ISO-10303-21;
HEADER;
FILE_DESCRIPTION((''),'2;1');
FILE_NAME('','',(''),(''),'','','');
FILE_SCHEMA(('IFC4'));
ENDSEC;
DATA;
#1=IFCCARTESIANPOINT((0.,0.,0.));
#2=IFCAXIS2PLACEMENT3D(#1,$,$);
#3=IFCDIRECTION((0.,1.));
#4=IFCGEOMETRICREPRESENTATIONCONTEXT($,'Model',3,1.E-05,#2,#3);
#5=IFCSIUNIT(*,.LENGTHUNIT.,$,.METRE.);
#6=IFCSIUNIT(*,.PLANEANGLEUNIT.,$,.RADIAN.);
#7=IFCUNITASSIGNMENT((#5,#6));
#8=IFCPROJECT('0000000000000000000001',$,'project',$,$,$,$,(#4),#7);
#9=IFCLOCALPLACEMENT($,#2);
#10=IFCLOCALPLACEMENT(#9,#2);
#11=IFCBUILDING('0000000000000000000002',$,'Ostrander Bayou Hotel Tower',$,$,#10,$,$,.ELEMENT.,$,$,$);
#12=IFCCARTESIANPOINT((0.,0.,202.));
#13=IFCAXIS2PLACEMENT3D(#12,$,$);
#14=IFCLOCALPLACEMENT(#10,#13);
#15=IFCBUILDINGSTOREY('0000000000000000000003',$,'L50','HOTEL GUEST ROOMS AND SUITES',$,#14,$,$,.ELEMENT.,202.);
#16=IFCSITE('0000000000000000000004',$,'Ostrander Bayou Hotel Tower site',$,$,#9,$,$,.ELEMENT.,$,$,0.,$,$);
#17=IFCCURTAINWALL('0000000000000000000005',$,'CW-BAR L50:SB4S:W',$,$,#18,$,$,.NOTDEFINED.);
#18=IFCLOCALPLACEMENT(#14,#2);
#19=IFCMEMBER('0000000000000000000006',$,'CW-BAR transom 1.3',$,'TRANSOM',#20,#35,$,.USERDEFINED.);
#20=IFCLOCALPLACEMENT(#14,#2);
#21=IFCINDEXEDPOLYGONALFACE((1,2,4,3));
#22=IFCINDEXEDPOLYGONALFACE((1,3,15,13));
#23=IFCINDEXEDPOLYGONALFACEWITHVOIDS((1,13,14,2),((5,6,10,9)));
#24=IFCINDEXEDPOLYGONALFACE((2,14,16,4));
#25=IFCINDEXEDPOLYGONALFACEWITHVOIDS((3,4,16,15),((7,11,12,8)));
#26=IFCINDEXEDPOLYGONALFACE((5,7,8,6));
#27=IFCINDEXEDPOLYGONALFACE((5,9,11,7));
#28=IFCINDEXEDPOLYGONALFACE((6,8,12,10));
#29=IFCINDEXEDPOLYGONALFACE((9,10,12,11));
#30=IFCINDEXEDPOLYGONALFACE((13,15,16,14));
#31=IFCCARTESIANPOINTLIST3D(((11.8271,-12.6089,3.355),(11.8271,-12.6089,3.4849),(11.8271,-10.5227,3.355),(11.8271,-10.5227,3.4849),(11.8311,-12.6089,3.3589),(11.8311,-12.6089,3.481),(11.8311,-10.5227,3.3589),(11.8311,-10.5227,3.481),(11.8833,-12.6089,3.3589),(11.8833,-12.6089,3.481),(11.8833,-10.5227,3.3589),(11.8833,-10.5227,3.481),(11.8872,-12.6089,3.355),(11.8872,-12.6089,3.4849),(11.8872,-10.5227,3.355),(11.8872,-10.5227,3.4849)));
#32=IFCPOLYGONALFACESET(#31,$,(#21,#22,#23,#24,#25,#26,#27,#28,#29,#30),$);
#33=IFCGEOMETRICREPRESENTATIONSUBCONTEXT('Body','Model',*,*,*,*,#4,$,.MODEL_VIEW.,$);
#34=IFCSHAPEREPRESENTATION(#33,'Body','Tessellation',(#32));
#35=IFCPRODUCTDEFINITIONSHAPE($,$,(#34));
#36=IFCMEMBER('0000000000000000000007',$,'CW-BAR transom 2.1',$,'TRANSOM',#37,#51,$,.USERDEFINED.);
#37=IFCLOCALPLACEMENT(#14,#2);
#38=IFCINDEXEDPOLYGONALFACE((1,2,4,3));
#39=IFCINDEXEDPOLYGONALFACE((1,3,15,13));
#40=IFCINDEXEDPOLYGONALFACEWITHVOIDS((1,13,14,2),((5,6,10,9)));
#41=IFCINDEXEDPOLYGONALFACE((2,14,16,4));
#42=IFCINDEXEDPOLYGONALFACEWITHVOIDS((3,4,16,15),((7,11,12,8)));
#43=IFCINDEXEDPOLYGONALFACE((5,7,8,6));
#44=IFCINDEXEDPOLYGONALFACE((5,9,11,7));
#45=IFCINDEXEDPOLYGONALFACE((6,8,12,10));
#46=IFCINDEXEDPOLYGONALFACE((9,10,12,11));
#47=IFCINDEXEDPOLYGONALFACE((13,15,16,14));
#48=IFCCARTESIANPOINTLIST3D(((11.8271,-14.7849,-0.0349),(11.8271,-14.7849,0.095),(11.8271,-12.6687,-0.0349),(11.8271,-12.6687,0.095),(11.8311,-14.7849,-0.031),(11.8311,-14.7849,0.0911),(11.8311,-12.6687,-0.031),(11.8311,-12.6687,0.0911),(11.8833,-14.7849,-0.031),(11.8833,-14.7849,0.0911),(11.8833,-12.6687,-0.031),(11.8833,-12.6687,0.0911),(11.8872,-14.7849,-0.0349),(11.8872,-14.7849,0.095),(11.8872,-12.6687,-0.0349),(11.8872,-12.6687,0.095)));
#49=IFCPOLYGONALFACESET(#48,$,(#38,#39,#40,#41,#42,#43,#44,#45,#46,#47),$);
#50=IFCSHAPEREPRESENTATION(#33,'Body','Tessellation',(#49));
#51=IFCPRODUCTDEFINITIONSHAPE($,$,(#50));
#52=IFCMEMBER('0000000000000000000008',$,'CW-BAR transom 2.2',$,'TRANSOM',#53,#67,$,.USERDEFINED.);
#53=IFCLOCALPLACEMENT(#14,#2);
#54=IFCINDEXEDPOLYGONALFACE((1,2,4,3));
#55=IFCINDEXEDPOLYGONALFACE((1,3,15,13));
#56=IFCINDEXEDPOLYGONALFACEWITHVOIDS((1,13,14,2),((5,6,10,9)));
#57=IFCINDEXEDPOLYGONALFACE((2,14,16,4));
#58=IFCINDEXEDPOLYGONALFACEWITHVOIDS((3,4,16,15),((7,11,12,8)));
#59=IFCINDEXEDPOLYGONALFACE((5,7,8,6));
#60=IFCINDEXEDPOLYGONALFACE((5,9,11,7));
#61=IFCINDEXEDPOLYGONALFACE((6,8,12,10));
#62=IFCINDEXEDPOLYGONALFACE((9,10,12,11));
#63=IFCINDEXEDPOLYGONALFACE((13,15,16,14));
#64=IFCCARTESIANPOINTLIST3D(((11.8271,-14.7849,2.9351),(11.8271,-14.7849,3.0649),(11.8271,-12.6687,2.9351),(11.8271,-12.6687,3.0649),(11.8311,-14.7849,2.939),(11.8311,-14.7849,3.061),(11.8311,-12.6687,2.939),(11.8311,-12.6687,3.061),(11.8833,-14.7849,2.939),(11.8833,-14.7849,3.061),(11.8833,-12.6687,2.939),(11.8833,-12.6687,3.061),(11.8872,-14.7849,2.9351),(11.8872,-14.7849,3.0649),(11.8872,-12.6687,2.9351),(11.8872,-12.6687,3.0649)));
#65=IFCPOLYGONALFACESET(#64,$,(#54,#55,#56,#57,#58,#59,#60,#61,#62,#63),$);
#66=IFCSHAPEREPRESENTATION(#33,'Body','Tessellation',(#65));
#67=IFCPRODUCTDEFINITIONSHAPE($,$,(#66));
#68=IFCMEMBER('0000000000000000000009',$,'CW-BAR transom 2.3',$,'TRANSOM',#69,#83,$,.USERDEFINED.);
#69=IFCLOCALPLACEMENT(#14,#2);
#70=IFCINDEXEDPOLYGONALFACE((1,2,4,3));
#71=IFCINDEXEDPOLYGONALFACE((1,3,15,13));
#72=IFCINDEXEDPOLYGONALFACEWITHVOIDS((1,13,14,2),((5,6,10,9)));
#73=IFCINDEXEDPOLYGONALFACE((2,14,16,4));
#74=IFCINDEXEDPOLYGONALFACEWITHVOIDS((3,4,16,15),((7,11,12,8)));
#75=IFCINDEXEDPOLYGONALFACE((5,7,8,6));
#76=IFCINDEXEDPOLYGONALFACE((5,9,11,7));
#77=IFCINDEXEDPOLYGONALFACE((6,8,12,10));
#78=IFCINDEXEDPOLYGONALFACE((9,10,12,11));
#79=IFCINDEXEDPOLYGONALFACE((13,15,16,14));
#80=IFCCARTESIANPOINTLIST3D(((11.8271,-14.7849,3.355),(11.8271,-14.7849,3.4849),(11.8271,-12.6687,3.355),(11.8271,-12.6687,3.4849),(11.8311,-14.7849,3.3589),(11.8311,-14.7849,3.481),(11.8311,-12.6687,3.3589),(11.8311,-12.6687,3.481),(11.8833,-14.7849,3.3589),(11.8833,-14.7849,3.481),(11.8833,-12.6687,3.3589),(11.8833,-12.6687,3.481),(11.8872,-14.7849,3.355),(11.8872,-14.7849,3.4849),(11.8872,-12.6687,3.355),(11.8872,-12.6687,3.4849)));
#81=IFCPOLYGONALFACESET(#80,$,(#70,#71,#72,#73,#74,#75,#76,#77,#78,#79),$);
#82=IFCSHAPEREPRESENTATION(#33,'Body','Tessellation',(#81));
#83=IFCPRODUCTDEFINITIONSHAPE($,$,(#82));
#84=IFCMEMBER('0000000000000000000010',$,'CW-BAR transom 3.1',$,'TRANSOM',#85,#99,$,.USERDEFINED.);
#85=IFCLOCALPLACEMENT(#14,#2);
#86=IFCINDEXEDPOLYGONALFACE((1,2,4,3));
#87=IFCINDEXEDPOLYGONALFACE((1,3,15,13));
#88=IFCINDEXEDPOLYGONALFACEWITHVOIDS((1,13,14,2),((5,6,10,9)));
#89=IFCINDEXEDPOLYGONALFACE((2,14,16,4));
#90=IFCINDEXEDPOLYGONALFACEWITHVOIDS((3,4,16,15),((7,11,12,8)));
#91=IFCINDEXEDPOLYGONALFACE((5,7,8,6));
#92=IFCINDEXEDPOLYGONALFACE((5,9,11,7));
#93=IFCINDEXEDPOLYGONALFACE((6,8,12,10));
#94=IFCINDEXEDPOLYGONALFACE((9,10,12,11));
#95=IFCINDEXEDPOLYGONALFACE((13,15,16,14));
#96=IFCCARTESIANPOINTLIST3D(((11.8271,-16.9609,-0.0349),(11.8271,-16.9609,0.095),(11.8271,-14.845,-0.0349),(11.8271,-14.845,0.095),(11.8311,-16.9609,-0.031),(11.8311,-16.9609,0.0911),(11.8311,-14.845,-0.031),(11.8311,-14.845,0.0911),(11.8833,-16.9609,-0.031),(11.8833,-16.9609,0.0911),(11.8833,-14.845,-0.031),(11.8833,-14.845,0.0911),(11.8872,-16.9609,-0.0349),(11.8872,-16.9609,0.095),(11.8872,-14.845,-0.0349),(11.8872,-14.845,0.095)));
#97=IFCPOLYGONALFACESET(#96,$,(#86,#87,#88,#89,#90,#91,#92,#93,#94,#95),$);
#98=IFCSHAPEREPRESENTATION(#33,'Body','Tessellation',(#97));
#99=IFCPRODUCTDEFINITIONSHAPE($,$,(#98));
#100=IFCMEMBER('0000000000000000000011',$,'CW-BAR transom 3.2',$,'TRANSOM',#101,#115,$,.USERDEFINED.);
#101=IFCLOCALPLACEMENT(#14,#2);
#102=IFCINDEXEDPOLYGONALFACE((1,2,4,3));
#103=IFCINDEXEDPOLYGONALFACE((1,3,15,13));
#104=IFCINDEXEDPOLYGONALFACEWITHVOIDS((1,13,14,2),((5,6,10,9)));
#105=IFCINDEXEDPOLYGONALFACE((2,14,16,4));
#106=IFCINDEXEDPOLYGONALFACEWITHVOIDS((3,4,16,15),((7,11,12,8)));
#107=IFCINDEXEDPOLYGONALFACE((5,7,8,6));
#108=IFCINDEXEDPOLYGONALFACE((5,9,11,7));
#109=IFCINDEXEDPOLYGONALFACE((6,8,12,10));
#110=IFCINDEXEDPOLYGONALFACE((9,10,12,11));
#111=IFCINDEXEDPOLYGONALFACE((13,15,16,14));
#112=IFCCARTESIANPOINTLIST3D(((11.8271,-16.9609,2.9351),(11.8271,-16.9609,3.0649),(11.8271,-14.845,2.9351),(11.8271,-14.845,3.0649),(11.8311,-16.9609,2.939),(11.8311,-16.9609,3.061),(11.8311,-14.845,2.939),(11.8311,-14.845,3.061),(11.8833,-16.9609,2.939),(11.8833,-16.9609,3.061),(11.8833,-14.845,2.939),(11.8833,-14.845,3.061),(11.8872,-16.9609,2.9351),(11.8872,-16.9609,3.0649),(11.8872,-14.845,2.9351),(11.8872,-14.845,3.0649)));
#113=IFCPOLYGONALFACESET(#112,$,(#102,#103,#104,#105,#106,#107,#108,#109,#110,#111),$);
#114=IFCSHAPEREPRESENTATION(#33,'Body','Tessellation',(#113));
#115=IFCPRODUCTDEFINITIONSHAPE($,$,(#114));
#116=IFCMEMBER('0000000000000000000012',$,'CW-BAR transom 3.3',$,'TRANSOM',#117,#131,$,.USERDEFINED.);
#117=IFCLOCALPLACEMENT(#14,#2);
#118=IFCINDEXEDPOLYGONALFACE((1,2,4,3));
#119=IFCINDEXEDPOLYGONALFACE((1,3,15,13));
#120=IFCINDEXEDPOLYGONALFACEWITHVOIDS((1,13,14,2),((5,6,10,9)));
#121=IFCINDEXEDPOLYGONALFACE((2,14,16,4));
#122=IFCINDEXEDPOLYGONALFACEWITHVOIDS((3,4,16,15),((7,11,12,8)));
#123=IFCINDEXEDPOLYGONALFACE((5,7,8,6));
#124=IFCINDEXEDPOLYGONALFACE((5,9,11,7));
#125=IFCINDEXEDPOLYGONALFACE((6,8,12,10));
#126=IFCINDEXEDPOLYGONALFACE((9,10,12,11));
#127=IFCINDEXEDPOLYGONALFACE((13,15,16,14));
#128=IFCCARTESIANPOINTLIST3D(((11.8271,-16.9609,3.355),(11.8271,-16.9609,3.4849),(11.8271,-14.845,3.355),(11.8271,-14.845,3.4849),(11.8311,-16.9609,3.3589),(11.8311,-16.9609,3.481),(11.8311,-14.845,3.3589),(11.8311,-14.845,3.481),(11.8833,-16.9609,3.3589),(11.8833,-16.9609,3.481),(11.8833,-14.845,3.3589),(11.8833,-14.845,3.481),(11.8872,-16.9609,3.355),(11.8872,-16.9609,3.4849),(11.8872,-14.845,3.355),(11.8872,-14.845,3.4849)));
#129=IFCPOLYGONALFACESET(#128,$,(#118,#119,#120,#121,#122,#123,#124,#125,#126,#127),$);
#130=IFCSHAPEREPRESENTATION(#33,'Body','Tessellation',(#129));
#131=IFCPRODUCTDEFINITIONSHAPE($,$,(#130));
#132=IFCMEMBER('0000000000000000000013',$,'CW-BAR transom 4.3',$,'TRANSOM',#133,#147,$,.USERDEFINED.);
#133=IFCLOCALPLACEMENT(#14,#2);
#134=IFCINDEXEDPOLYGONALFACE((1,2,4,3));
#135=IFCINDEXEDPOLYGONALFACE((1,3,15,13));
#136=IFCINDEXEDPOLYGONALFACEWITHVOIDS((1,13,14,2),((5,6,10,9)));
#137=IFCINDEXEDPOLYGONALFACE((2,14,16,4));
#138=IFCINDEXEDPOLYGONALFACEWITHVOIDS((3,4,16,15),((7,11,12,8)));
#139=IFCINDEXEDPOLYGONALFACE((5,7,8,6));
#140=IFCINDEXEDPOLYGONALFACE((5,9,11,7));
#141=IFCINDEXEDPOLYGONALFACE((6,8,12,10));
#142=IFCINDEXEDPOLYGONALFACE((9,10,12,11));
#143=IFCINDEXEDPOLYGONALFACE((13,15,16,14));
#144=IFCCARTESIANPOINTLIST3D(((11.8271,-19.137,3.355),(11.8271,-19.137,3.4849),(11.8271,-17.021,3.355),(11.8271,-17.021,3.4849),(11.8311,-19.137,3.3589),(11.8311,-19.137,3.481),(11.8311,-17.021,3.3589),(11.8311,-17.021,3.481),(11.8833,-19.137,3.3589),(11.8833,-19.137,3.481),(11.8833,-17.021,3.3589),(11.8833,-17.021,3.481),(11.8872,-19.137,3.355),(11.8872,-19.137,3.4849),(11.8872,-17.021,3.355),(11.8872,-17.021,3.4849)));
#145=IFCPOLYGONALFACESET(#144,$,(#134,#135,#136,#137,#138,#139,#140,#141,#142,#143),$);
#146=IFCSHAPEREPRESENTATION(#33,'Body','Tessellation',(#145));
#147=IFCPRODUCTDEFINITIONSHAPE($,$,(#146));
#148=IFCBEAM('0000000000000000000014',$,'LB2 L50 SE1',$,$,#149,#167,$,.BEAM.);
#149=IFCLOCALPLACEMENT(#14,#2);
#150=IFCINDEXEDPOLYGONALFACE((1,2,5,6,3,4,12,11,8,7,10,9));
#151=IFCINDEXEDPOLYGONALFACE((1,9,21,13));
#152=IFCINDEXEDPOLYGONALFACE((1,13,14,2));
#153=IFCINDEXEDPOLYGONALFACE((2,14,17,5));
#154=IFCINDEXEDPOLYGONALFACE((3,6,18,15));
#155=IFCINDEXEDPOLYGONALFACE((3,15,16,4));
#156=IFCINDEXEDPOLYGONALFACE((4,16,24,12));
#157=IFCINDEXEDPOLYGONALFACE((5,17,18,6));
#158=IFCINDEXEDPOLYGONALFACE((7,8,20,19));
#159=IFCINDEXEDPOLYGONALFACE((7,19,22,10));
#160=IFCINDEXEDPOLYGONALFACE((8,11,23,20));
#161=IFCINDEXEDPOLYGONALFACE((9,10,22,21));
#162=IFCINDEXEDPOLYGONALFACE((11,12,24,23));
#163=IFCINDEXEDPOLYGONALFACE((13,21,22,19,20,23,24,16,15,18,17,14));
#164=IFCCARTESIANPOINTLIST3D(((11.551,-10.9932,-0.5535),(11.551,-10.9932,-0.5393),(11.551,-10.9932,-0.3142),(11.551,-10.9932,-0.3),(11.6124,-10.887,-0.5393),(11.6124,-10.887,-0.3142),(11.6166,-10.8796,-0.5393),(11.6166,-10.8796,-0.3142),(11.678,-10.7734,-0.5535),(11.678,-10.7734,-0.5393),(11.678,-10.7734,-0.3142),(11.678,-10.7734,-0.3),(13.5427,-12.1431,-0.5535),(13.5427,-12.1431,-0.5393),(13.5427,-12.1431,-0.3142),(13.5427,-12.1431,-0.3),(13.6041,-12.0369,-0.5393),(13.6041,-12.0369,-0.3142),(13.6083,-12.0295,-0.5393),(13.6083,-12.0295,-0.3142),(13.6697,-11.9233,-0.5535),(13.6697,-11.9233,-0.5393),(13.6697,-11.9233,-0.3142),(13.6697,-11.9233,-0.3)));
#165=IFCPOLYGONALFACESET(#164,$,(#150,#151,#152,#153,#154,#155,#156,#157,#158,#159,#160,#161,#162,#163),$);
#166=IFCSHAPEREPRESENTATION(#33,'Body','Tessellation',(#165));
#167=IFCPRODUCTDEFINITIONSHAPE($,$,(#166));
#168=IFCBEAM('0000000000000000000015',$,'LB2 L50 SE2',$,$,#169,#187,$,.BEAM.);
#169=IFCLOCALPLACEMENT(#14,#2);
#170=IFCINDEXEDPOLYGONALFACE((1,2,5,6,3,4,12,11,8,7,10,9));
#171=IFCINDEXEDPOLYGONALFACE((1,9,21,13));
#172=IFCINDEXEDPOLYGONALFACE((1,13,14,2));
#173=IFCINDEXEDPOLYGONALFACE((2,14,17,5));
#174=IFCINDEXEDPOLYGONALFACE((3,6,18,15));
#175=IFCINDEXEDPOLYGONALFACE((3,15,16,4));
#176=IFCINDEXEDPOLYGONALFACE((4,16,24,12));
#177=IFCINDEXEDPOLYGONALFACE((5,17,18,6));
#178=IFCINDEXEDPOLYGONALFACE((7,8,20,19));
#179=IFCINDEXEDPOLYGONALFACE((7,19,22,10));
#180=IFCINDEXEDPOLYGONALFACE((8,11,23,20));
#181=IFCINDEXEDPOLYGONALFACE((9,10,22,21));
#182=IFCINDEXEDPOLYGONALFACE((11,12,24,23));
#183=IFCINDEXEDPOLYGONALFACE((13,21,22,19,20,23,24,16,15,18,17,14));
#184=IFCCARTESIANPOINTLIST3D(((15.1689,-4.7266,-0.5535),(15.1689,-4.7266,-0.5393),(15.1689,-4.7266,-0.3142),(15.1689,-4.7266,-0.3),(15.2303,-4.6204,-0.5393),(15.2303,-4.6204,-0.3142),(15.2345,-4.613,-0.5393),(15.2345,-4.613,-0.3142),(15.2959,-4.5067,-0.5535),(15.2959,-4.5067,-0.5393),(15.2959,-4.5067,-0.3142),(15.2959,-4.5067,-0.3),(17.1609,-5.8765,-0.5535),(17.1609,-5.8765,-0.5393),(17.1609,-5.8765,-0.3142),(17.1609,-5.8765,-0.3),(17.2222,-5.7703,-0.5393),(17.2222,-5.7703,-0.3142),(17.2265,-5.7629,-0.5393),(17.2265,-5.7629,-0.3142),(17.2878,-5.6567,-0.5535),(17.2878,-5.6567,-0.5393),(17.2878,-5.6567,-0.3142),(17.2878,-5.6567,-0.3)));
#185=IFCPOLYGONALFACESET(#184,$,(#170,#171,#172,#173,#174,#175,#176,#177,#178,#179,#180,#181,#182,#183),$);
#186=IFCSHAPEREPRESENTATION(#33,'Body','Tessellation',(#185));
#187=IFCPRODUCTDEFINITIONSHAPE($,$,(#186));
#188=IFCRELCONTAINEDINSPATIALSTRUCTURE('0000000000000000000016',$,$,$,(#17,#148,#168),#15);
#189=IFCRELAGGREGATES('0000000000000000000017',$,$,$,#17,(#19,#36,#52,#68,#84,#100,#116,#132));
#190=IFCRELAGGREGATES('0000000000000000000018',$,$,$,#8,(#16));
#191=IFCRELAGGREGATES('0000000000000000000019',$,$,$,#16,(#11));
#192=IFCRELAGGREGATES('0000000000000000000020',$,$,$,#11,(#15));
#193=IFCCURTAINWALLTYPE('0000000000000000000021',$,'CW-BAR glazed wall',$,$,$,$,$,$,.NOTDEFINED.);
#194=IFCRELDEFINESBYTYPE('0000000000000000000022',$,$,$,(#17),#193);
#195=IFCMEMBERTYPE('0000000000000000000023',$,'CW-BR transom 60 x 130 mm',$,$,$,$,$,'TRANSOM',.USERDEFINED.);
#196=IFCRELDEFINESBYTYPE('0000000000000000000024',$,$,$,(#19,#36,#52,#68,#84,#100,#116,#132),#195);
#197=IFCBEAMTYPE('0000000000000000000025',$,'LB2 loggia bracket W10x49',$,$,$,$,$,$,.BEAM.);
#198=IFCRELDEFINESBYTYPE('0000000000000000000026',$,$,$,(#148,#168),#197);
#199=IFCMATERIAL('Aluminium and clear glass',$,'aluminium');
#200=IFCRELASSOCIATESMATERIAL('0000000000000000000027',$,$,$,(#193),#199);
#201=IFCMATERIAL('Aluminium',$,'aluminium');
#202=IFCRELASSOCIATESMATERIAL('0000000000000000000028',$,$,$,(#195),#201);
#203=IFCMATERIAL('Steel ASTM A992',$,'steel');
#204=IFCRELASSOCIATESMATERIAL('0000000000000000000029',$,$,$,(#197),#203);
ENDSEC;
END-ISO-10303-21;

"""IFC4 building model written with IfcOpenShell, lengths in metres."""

from ifc_helpers import new_model, si_unit, direction, frame, origin, origin_2d, place, context, subcontext, project, spatial, hollow_rectangle, i_section, extrude, material, material_profile, profile_set, type_object, element, aggregate, save


model = new_model("IFC4")

# Units and contexts
model_context = context("Model", 3, precision=1e-05, world=origin(), true_north=direction((0.0, 1.0)))
body_context = subcontext(model_context, "Body", "Model", "MODEL_VIEW")
ifc_project = project(units=[si_unit("LENGTHUNIT", "METRE"), si_unit("PLANEANGLEUNIT", "RADIAN")], contexts=[model_context])

# Site, building, storey
site_placement = place(None, origin())
site = spatial("IfcSite", under=ifc_project, at=site_placement, Name="Ostrander Bayou Hotel Tower site", CompositionType="ELEMENT", RefElevation=0.0)
building_placement = place(site_placement, origin())
building = spatial("IfcBuilding", under=site, at=building_placement, Name="Ostrander Bayou Hotel Tower", CompositionType="ELEMENT")
storey_placement = place(building_placement, frame((0.0, 0.0, 202.0)))
storey = spatial("IfcBuildingStorey", under=building, at=storey_placement, Name="L50", Description="HOTEL GUEST ROOMS AND SUITES", CompositionType="ELEMENT", Elevation=202.0)

# Curtain wall, members
ifc_material_1 = material(Name="Aluminium and clear glass", Category="aluminium")
curtain_wall_type = type_object("IfcCurtainWallType", Name="CW-BAR glazed wall", PredefinedType="NOTDEFINED", material=ifc_material_1)
curtain_wall_placement = place(storey_placement, origin())
curtain_wall = element("IfcCurtainWall", 1, at=curtain_wall_placement, inside=storey, type_object=curtain_wall_type, Name="CW-BAR L50:SB4S:W", PredefinedType="NOTDEFINED")
ifc_material_2 = material(Name="Aluminium", Category="aluminium")
ifc_material_profile_1 = material_profile(ifc_material_2, hollow_rectangle(XDim=0.0601, YDim=0.1299, WallThickness=0.0039, at=origin_2d()))
ifc_profile_set_1 = profile_set([ifc_material_profile_1], Name="Aluminium")
member_type_1 = type_object("IfcMemberType", Name="CW-BR transom 60 x 130 mm", ElementType="TRANSOM", PredefinedType="USERDEFINED", material=ifc_profile_set_1)
member_1_placement = place(storey_placement, frame((11.8572, -10.5227, 3.4199), z_axis=(0.0, -1.0, 0.0), x_axis=(1.0, 0.0, 0.0)))
member_1 = element("IfcMember", 2, at=member_1_placement, type_object=member_type_1, Name="CW-BAR transom 1.3", ObjectType="TRANSOM", PredefinedType="USERDEFINED", context=body_context, shape_type="SweptSolid", body=[
    extrude(hollow_rectangle(XDim=0.0601, YDim=0.1299, WallThickness=0.0039, at=origin_2d()), origin(), (0.0, 0.0, 1.0), 2.0862),
])
member_2_placement = place(storey_placement, frame((11.8572, -12.6687, 0.03), z_axis=(0.0, -1.0, 0.0), x_axis=(1.0, 0.0, 0.0)))
member_2 = element("IfcMember", 3, at=member_2_placement, type_object=member_type_1, Name="CW-BAR transom 2.1", ObjectType="TRANSOM", PredefinedType="USERDEFINED", context=body_context, shape_type="SweptSolid", body=[
    extrude(hollow_rectangle(XDim=0.0601, YDim=0.1299, WallThickness=0.0039, at=origin_2d()), origin(), (0.0, 0.0, 1.0), 2.1162),
])
member_3_placement = place(storey_placement, frame((11.8572, -12.6687, 3.0), z_axis=(0.0, -1.0, 0.0), x_axis=(1.0, 0.0, 0.0)))
member_3 = element("IfcMember", 4, at=member_3_placement, type_object=member_type_1, Name="CW-BAR transom 2.2", ObjectType="TRANSOM", PredefinedType="USERDEFINED", context=body_context, shape_type="SweptSolid", body=[
    extrude(hollow_rectangle(XDim=0.0601, YDim=0.1299, WallThickness=0.0039, at=origin_2d()), origin(), (0.0, 0.0, 1.0), 2.1162),
])
member_4_placement = place(storey_placement, frame((11.8572, -12.6687, 3.4199), z_axis=(0.0, -1.0, 0.0), x_axis=(1.0, 0.0, 0.0)))
member_4 = element("IfcMember", 5, at=member_4_placement, type_object=member_type_1, Name="CW-BAR transom 2.3", ObjectType="TRANSOM", PredefinedType="USERDEFINED", context=body_context, shape_type="SweptSolid", body=[
    extrude(hollow_rectangle(XDim=0.0601, YDim=0.1299, WallThickness=0.0039, at=origin_2d()), origin(), (0.0, 0.0, 1.0), 2.1162),
])
member_5_placement = place(storey_placement, frame((11.8572, -14.845, 0.03), z_axis=(0.0, -1.0, 0.0), x_axis=(1.0, 0.0, 0.0)))
member_5 = element("IfcMember", 6, at=member_5_placement, type_object=member_type_1, Name="CW-BAR transom 3.1", ObjectType="TRANSOM", PredefinedType="USERDEFINED", context=body_context, shape_type="SweptSolid", body=[
    extrude(hollow_rectangle(XDim=0.0601, YDim=0.1299, WallThickness=0.0039, at=origin_2d()), origin(), (0.0, 0.0, 1.0), 2.116),
])
member_6_placement = place(storey_placement, frame((11.8572, -14.845, 3.0), z_axis=(0.0, -1.0, 0.0), x_axis=(1.0, 0.0, 0.0)))
member_6 = element("IfcMember", 7, at=member_6_placement, type_object=member_type_1, Name="CW-BAR transom 3.2", ObjectType="TRANSOM", PredefinedType="USERDEFINED", context=body_context, shape_type="SweptSolid", body=[
    extrude(hollow_rectangle(XDim=0.0601, YDim=0.1299, WallThickness=0.0039, at=origin_2d()), origin(), (0.0, 0.0, 1.0), 2.116),
])
member_7_placement = place(storey_placement, frame((11.8572, -14.845, 3.4199), z_axis=(0.0, -1.0, 0.0), x_axis=(1.0, 0.0, 0.0)))
member_7 = element("IfcMember", 8, at=member_7_placement, type_object=member_type_1, Name="CW-BAR transom 3.3", ObjectType="TRANSOM", PredefinedType="USERDEFINED", context=body_context, shape_type="SweptSolid", body=[
    extrude(hollow_rectangle(XDim=0.0601, YDim=0.1299, WallThickness=0.0039, at=origin_2d()), origin(), (0.0, 0.0, 1.0), 2.116),
])
member_8_placement = place(storey_placement, frame((11.8572, -17.021, 3.4199), z_axis=(0.0, -1.0, 0.0), x_axis=(1.0, 0.0, 0.0)))
member_8 = element("IfcMember", 9, at=member_8_placement, type_object=member_type_1, Name="CW-BAR transom 4.3", ObjectType="TRANSOM", PredefinedType="USERDEFINED", context=body_context, shape_type="SweptSolid", body=[
    extrude(hollow_rectangle(XDim=0.0601, YDim=0.1299, WallThickness=0.0039, at=origin_2d()), origin(), (0.0, 0.0, 1.0), 2.116),
])

# Beams
ifc_material_3 = material(Name="Steel ASTM A992", Category="steel")
ifc_material_profile_2 = material_profile(ifc_material_3, i_section(OverallWidth=0.2539, OverallDepth=0.2534, WebThickness=0.0085, FlangeThickness=0.0142, at=origin_2d()))
ifc_profile_set_2 = profile_set([ifc_material_profile_2], Name="Steel ASTM A992")
beam_type_1 = type_object("IfcBeamType", Name="LB2 loggia bracket W10x49", PredefinedType="BEAM", material=ifc_profile_set_2)
beam_1_placement = place(storey_placement, frame((13.6062, -12.0332, -0.4268), z_axis=(-0.866026, 0.499998, 0.0), x_axis=(-0.499998, -0.866026, 0.0)))
element("IfcBeam", 10, at=beam_1_placement, inside=storey, type_object=beam_type_1, Name="LB2 L50 SE1", PredefinedType="BEAM", context=body_context, shape_type="SweptSolid", body=[
    extrude(i_section(OverallWidth=0.2539, OverallDepth=0.2534, WebThickness=0.0085, FlangeThickness=0.0142, at=origin_2d()), origin(), (0.0, 0.0, 1.0), 2.2998),
])
beam_2_placement = place(storey_placement, frame((17.2244, -5.7666, -0.4268), z_axis=(-0.866053, 0.499952, 0.0), x_axis=(-0.499952, -0.866053, 0.0)))
element("IfcBeam", 11, at=beam_2_placement, inside=storey, type_object=beam_type_1, Name="LB2 L50 SE2", PredefinedType="BEAM", context=body_context, shape_type="SweptSolid", body=[
    extrude(i_section(OverallWidth=0.2539, OverallDepth=0.2534, WebThickness=0.0085, FlangeThickness=0.0142, at=origin_2d()), origin(), (0.0, 0.0, 1.0), 2.3),
])

aggregate(curtain_wall, [member_1, member_2, member_3, member_4, member_5, member_6, member_7, member_8])

save(model, "model.ifc")
